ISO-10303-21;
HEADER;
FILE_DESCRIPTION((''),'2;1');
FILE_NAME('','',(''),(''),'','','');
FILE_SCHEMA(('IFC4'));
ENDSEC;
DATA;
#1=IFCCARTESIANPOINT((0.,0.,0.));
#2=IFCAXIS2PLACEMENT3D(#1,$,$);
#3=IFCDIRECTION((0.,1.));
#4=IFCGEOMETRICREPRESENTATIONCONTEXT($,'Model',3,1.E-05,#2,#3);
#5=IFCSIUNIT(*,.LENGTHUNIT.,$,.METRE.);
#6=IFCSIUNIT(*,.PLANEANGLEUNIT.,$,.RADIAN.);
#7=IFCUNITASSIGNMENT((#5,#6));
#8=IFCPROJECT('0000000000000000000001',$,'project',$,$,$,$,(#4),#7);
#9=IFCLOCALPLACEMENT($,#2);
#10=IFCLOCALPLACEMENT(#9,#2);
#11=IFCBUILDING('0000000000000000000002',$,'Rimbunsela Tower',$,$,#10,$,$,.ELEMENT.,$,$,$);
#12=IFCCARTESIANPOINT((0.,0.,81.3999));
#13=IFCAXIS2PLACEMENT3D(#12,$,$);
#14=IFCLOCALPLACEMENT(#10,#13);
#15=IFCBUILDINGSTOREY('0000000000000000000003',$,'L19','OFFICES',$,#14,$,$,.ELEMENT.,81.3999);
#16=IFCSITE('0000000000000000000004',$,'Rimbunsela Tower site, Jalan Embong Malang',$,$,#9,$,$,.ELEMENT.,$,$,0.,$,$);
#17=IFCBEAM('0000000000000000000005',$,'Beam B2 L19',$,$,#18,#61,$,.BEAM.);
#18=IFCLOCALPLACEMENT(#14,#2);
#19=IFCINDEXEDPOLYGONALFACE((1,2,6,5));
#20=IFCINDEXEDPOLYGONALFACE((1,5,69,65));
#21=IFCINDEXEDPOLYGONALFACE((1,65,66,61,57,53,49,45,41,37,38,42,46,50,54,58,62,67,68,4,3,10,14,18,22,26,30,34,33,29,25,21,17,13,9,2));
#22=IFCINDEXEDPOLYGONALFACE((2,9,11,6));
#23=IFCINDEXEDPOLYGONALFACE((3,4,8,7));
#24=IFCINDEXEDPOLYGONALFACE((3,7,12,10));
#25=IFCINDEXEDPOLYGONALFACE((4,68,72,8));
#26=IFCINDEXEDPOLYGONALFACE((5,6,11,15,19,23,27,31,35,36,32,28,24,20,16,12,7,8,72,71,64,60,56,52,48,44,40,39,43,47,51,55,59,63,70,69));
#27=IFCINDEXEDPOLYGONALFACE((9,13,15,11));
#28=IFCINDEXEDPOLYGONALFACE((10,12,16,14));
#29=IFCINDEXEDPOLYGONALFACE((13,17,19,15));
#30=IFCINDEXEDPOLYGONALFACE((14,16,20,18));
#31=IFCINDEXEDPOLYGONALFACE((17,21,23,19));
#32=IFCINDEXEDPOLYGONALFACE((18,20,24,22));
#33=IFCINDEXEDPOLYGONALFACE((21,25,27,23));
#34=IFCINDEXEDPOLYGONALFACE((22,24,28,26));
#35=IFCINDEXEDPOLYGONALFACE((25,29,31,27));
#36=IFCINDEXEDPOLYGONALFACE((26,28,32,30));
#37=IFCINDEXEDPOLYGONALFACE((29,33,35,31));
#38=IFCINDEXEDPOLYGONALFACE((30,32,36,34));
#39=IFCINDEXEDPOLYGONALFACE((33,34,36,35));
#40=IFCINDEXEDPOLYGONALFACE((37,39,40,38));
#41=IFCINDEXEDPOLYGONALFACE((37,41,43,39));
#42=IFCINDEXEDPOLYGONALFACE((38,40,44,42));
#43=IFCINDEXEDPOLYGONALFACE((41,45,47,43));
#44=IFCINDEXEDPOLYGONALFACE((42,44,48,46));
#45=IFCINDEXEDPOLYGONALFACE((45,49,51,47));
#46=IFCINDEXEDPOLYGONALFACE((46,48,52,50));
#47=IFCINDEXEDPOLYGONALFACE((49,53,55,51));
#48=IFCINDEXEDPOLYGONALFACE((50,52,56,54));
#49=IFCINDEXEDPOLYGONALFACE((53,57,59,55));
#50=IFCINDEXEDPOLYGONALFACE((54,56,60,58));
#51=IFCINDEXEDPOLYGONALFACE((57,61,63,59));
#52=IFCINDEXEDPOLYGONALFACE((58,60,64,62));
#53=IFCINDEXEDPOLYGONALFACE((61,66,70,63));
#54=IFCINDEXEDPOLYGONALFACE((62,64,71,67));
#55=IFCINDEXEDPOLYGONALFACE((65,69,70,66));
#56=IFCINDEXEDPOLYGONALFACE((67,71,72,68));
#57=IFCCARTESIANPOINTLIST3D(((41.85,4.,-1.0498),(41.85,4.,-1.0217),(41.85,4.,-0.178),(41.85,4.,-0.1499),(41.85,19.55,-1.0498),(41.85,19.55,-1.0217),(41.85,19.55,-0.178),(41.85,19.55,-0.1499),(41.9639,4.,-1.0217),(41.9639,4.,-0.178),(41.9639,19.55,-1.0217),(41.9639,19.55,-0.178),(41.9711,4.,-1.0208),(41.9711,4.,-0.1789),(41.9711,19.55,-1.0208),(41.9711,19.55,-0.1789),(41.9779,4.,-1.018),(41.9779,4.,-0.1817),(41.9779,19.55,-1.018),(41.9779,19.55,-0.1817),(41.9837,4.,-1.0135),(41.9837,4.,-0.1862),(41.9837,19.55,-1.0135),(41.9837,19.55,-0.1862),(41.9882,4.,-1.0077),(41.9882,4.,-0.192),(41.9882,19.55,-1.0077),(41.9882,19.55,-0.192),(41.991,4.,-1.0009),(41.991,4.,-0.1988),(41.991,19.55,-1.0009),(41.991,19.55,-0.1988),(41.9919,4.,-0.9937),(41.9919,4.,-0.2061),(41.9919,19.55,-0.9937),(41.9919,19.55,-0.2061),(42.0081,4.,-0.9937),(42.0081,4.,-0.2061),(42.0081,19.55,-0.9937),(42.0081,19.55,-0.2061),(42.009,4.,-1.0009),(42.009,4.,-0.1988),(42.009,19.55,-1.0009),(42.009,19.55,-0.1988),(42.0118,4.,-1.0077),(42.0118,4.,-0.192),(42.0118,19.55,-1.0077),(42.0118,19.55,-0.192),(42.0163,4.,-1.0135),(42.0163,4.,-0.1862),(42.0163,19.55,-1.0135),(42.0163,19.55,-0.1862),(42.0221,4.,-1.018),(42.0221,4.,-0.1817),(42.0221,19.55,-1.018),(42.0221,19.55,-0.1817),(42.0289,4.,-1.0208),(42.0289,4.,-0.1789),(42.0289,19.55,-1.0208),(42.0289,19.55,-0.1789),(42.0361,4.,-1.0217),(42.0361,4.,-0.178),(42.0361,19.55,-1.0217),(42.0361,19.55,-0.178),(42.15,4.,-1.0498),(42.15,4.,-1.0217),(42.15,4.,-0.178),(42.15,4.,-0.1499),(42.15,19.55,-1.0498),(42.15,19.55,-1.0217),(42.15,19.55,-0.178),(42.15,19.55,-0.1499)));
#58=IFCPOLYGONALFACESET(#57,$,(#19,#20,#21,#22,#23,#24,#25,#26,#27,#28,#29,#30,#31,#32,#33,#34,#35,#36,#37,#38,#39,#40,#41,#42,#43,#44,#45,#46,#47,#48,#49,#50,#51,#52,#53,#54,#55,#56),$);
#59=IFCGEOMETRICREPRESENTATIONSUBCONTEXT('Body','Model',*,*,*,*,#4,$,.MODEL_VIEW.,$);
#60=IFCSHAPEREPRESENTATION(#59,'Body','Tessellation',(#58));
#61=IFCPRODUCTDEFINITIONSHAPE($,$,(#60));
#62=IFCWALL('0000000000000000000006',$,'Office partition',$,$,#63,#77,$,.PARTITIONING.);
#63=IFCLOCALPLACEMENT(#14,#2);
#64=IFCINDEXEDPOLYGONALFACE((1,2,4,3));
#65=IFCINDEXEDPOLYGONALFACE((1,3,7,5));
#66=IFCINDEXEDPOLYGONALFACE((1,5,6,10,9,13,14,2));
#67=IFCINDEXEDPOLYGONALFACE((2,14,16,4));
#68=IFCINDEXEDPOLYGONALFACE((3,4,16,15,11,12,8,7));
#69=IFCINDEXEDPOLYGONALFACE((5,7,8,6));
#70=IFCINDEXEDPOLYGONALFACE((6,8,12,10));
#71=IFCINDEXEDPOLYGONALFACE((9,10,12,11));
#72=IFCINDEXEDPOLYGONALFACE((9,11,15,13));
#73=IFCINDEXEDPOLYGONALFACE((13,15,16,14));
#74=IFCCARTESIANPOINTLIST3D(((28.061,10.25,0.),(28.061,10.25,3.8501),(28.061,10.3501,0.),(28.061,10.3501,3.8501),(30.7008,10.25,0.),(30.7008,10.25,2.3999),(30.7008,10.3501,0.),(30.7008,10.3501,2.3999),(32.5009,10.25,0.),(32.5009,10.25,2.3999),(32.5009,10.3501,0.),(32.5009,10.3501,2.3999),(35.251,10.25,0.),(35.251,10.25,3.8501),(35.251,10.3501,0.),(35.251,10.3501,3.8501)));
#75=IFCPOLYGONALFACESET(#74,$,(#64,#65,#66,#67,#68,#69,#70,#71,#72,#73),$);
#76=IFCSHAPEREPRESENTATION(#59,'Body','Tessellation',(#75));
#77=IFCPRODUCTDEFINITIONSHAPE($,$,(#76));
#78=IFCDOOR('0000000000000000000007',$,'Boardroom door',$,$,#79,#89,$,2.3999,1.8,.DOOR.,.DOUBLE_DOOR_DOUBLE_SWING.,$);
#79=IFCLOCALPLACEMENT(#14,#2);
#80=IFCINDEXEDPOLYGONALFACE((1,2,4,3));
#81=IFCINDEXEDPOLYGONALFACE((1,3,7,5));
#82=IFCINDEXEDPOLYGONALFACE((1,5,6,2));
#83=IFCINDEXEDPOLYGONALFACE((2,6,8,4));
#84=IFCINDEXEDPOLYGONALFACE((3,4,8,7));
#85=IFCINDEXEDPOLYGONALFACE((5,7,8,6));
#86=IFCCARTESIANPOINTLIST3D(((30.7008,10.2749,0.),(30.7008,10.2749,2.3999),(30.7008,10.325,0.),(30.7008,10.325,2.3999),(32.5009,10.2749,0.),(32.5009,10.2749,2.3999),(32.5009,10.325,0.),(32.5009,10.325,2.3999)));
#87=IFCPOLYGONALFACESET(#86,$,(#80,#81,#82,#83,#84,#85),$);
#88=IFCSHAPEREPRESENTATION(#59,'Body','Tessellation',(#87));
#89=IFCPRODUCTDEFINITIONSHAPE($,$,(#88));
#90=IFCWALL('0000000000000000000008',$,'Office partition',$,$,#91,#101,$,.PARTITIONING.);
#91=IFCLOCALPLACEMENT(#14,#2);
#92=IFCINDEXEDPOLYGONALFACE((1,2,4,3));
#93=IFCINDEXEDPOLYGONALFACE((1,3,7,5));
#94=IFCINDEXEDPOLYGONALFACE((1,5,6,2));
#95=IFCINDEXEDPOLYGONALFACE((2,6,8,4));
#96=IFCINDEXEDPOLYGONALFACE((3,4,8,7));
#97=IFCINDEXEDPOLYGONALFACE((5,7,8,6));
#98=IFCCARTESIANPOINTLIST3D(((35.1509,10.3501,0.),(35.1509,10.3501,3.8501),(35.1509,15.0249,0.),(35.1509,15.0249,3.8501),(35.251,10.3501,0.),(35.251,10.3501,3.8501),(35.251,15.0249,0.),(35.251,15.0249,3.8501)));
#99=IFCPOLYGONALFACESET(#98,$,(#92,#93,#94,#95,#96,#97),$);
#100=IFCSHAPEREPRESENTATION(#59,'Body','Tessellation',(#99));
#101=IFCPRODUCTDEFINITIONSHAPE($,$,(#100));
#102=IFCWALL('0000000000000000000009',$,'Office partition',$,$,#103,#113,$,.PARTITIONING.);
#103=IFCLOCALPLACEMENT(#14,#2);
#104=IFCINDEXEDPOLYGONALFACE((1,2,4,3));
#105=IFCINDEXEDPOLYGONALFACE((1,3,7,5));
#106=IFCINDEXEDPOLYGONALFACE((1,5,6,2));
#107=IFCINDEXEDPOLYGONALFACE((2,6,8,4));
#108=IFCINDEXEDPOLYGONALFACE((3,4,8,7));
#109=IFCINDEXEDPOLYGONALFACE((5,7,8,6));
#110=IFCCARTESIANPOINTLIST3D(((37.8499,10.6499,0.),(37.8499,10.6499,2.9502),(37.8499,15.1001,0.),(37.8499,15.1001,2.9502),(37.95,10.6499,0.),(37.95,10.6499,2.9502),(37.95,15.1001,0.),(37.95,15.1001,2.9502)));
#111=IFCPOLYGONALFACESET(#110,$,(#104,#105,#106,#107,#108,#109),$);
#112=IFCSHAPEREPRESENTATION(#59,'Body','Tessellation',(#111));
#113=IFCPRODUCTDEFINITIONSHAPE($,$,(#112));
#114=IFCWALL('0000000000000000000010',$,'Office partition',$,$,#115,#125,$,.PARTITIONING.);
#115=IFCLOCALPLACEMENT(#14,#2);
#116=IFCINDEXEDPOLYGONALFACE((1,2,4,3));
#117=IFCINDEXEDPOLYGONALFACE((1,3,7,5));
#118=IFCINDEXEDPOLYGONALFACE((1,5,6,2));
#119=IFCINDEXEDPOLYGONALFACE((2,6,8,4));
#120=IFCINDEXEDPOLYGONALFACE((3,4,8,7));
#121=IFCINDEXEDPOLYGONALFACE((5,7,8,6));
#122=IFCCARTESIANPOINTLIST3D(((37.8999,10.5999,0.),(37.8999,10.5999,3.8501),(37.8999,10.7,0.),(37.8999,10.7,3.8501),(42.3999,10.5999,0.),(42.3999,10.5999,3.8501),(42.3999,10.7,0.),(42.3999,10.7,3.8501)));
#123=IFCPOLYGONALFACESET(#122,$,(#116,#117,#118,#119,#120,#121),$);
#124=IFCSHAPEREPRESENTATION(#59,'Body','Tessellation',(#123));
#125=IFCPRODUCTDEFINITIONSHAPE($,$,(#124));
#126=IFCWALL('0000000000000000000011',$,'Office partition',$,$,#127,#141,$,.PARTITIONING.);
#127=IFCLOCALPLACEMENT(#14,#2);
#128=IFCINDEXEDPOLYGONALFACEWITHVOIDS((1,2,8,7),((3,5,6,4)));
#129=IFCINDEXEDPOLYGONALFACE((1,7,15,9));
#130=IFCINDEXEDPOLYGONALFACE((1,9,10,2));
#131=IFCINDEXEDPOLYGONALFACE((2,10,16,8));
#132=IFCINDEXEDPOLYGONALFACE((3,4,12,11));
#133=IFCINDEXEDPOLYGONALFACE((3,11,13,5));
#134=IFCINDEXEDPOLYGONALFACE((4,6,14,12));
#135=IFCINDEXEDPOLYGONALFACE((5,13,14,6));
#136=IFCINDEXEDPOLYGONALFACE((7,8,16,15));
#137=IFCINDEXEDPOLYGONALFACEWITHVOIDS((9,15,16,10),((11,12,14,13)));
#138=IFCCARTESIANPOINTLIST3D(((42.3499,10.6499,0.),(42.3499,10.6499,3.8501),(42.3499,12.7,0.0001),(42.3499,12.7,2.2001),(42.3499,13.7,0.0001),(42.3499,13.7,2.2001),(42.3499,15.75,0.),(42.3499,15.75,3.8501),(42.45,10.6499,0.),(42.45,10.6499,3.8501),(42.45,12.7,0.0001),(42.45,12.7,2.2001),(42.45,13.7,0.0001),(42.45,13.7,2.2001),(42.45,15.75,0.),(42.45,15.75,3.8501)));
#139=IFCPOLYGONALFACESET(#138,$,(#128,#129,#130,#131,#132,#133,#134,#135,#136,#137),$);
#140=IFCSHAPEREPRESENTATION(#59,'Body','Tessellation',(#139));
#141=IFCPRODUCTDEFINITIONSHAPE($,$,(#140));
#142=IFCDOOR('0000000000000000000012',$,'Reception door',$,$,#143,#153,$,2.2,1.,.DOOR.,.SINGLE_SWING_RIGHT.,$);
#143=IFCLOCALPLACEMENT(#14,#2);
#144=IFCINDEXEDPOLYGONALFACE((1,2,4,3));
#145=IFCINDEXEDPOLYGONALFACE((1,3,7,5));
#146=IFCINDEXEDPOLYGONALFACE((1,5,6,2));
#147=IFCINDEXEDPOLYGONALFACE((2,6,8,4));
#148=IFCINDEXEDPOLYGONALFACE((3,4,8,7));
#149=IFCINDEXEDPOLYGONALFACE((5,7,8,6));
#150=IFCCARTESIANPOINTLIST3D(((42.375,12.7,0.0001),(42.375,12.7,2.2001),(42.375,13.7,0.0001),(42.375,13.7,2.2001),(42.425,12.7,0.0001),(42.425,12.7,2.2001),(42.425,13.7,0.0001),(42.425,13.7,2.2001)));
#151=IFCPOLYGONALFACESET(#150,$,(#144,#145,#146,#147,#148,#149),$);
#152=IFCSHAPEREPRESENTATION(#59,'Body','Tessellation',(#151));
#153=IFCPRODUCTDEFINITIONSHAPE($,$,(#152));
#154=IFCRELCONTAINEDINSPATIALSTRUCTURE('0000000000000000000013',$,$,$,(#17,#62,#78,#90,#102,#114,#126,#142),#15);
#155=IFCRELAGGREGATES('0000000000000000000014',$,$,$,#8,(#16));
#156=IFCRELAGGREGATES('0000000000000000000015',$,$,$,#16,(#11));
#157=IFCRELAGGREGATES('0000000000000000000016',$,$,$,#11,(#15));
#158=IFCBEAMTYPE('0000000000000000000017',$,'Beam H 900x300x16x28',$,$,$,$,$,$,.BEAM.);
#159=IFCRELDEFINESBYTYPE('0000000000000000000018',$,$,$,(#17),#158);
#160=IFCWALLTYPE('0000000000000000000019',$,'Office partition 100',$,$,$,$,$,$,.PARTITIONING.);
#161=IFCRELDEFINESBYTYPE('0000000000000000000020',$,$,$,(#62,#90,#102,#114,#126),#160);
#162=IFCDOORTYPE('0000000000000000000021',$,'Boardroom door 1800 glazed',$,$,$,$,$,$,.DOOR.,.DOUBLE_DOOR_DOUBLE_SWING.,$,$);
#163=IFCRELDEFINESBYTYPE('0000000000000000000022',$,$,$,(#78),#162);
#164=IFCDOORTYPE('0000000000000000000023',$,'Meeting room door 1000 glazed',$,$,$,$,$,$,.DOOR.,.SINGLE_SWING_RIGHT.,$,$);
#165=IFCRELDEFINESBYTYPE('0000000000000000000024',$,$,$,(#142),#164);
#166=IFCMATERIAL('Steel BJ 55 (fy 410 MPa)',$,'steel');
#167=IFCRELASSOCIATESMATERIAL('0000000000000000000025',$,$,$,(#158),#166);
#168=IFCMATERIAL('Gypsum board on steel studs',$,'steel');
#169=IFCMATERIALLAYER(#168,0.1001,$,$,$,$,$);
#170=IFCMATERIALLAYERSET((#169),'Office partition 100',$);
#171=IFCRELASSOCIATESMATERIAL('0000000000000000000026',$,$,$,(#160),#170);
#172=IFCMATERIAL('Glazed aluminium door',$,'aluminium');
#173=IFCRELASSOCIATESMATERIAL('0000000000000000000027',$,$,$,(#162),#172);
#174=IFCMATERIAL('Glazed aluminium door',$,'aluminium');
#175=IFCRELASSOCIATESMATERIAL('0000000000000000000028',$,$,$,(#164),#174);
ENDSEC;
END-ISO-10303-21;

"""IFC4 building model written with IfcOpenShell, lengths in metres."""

from ifc_helpers import new_model, si_unit, direction, frame, frame_2d, origin, origin_2d, place, context, subcontext, project, spatial, rectangle, i_section, extrude, material, layer, layer_set, material_profile, profile_set, type_object, element, fill, save


model = new_model("IFC4")

# Units and contexts
model_context = context("Model", 3, precision=1e-05, world=origin(), true_north=direction((0.0, 1.0)))
body_context = subcontext(model_context, "Body", "Model", "MODEL_VIEW")
ifc_project = project(units=[si_unit("LENGTHUNIT", "METRE"), si_unit("PLANEANGLEUNIT", "RADIAN")], contexts=[model_context])

# Site, building, storey
site_placement = place(None, origin())
site = spatial("IfcSite", under=ifc_project, at=site_placement, Name="Rimbunsela Tower site, Jalan Embong Malang", CompositionType="ELEMENT", RefElevation=0.0)
building_placement = place(site_placement, origin())
building = spatial("IfcBuilding", under=site, at=building_placement, Name="Rimbunsela Tower", CompositionType="ELEMENT")
storey_placement = place(building_placement, frame((0.0, 0.0, 81.3999)))
storey = spatial("IfcBuildingStorey", under=building, at=storey_placement, Name="L19", Description="OFFICES", CompositionType="ELEMENT", Elevation=81.3999)

# Beam
ifc_material_1 = material(Name="Steel BJ 55 (fy 410 MPa)", Category="steel")
ifc_material_profile_1 = material_profile(ifc_material_1, i_section(OverallWidth=0.3, OverallDepth=0.8999, WebThickness=0.0161, FlangeThickness=0.0281, FilletRadius=0.0281, at=origin_2d()), Name="H 900x300x16x28")
ifc_profile_set_1 = profile_set([ifc_material_profile_1], Name="Steel BJ 55 (fy 410 MPa)")
beam_type = type_object("IfcBeamType", Name="Beam H 900x300x16x28", PredefinedType="BEAM", material=ifc_profile_set_1)
beam_1_placement = place(storey_placement, frame((42.0, 4.0, -0.5999), z_axis=(0.0, 1.0, 0.0), x_axis=(-1.0, 0.0, 0.0)))
element("IfcBeam", 1, at=beam_1_placement, inside=storey, type_object=beam_type, Name="Beam B2 L19", PredefinedType="BEAM", context=body_context, shape_type="SweptSolid", body=[
    extrude(i_section(OverallWidth=0.3, OverallDepth=0.8999, WebThickness=0.0161, FlangeThickness=0.0281, FilletRadius=0.0281, at=origin_2d()), origin(), (0.0, 0.0, 1.0), 15.55),
])

# Wall, opening, door
ifc_material_2 = material(Name="Gypsum board on steel studs", Category="steel")
ifc_layer_1 = layer(ifc_material_2, 0.1001)
ifc_layer_set_1 = layer_set([ifc_layer_1], Name="Office partition 100")
wall_type_1 = type_object("IfcWallType", Name="Office partition 100", PredefinedType="PARTITIONING", material=ifc_layer_set_1)
wall_1_placement = place(storey_placement, frame((28.061, 10.3, 0.0), z_axis=(0.0, 0.0, 1.0), x_axis=(1.0, 0.0, 0.0)))
wall_1 = element("IfcWall", 2, at=wall_1_placement, inside=storey, type_object=wall_type_1, Name="Office partition", PredefinedType="PARTITIONING", context=body_context, shape_type="SweptSolid", body=[
    extrude(rectangle(XDim=7.1899, YDim=0.1001, at=frame_2d((3.595, 0.0))), origin(), (0.0, 0.0, 1.0), 3.8501),
])
opening_1_placement = place(wall_1_placement, frame((2.6399, 0.0, 0.0)))
opening_1 = element("IfcOpeningElement", 3, at=opening_1_placement, cuts=wall_1, PredefinedType="OPENING", context=body_context, shape_type="SweptSolid", body=[
    extrude(rectangle(XDim=1.8, YDim=2.3999, at=frame_2d((0.8999, 1.2))), frame((0.0, 0.0601, 0.0), z_axis=(0.0, -1.0, 0.0), x_axis=(1.0, 0.0, 0.0)), (0.0, 0.0, 1.0), 0.1201),
])
ifc_material_3 = material(Name="Glazed aluminium door", Category="aluminium")
door_type_1 = type_object("IfcDoorType", Name="Boardroom door 1800 glazed", OperationType="DOUBLE_DOOR_DOUBLE_SWING", PredefinedType="DOOR", material=ifc_material_3)
door_1_placement = place(opening_1_placement, origin())
door_1 = element("IfcDoor", 4, at=door_1_placement, inside=storey, type_object=door_type_1, Name="Boardroom door", OperationType="DOUBLE_DOOR_DOUBLE_SWING", OverallHeight=2.3999, OverallWidth=1.8, PredefinedType="DOOR", context=body_context, shape_type="SweptSolid", body=[
    extrude(rectangle(XDim=1.8, YDim=2.3999, at=frame_2d((0.8999, 1.2))), frame((0.0, 0.0249, 0.0), z_axis=(0.0, -1.0, 0.0), x_axis=(1.0, 0.0, 0.0)), (0.0, 0.0, 1.0), 0.05),
])
fill(opening_1, door_1)

# Walls
wall_2_placement = place(storey_placement, frame((35.2009, 10.3501, 0.0), z_axis=(0.0, 0.0, 1.0), x_axis=(0.0, 1.0, 0.0)))
element("IfcWall", 5, at=wall_2_placement, inside=storey, type_object=wall_type_1, Name="Office partition", PredefinedType="PARTITIONING", context=body_context, shape_type="SweptSolid", body=[
    extrude(rectangle(XDim=4.6748, YDim=0.1001, at=frame_2d((2.3374, 0.0))), origin(), (0.0, 0.0, 1.0), 3.8501),
])
wall_3_placement = place(storey_placement, frame((37.8999, 15.1001, 0.0), z_axis=(0.0, 0.0, 1.0), x_axis=(0.0, -1.0, 0.0)))
element("IfcWall", 6, at=wall_3_placement, inside=storey, type_object=wall_type_1, Name="Office partition", PredefinedType="PARTITIONING", context=body_context, shape_type="SweptSolid", body=[
    extrude(rectangle(XDim=4.4502, YDim=0.1001, at=frame_2d((2.2251, 0.0))), origin(), (0.0, 0.0, 1.0), 2.9502),
])
wall_4_placement = place(storey_placement, frame((37.8999, 10.6499, 0.0), z_axis=(0.0, 0.0, 1.0), x_axis=(1.0, 0.0, 0.0)))
element("IfcWall", 7, at=wall_4_placement, inside=storey, type_object=wall_type_1, Name="Office partition", PredefinedType="PARTITIONING", context=body_context, shape_type="SweptSolid", body=[
    extrude(rectangle(XDim=4.5, YDim=0.1001, at=frame_2d((2.25, 0.0))), origin(), (0.0, 0.0, 1.0), 3.8501),
])

# Wall, opening, door
wall_5_placement = place(storey_placement, frame((42.3999, 10.6499, 0.0), z_axis=(0.0, 0.0, 1.0), x_axis=(0.0, 1.0, 0.0)))
wall_5 = element("IfcWall", 8, at=wall_5_placement, inside=storey, type_object=wall_type_1, Name="Office partition", PredefinedType="PARTITIONING", context=body_context, shape_type="SweptSolid", body=[
    extrude(rectangle(XDim=5.1001, YDim=0.1001, at=frame_2d((2.55, 0.0))), origin(), (0.0, 0.0, 1.0), 3.8501),
])
opening_2_placement = place(wall_5_placement, frame((2.05, 0.0, 0.0)))
opening_2 = element("IfcOpeningElement", 9, at=opening_2_placement, cuts=wall_5, PredefinedType="OPENING", context=body_context, shape_type="SweptSolid", body=[
    extrude(rectangle(XDim=1.0, YDim=2.2, at=frame_2d((0.5, 1.1001))), frame((0.0, 0.0601, 0.0), z_axis=(0.0, -1.0, 0.0), x_axis=(1.0, 0.0, 0.0)), (0.0, 0.0, 1.0), 0.1201),
])
ifc_material_4 = material(Name="Glazed aluminium door", Category="aluminium")
door_type_2 = type_object("IfcDoorType", Name="Meeting room door 1000 glazed", OperationType="SINGLE_SWING_RIGHT", PredefinedType="DOOR", material=ifc_material_4)
door_2_placement = place(opening_2_placement, origin())
door_2 = element("IfcDoor", 10, at=door_2_placement, inside=storey, type_object=door_type_2, Name="Reception door", OperationType="SINGLE_SWING_RIGHT", OverallHeight=2.2, OverallWidth=1.0, PredefinedType="DOOR", context=body_context, shape_type="SweptSolid", body=[
    extrude(rectangle(XDim=1.0, YDim=2.2, at=frame_2d((0.5, 1.1001))), frame((0.0, 0.0249, 0.0), z_axis=(0.0, -1.0, 0.0), x_axis=(1.0, 0.0, 0.0)), (0.0, 0.0, 1.0), 0.05),
])
fill(opening_2, door_2)

save(model, "model.ifc")
